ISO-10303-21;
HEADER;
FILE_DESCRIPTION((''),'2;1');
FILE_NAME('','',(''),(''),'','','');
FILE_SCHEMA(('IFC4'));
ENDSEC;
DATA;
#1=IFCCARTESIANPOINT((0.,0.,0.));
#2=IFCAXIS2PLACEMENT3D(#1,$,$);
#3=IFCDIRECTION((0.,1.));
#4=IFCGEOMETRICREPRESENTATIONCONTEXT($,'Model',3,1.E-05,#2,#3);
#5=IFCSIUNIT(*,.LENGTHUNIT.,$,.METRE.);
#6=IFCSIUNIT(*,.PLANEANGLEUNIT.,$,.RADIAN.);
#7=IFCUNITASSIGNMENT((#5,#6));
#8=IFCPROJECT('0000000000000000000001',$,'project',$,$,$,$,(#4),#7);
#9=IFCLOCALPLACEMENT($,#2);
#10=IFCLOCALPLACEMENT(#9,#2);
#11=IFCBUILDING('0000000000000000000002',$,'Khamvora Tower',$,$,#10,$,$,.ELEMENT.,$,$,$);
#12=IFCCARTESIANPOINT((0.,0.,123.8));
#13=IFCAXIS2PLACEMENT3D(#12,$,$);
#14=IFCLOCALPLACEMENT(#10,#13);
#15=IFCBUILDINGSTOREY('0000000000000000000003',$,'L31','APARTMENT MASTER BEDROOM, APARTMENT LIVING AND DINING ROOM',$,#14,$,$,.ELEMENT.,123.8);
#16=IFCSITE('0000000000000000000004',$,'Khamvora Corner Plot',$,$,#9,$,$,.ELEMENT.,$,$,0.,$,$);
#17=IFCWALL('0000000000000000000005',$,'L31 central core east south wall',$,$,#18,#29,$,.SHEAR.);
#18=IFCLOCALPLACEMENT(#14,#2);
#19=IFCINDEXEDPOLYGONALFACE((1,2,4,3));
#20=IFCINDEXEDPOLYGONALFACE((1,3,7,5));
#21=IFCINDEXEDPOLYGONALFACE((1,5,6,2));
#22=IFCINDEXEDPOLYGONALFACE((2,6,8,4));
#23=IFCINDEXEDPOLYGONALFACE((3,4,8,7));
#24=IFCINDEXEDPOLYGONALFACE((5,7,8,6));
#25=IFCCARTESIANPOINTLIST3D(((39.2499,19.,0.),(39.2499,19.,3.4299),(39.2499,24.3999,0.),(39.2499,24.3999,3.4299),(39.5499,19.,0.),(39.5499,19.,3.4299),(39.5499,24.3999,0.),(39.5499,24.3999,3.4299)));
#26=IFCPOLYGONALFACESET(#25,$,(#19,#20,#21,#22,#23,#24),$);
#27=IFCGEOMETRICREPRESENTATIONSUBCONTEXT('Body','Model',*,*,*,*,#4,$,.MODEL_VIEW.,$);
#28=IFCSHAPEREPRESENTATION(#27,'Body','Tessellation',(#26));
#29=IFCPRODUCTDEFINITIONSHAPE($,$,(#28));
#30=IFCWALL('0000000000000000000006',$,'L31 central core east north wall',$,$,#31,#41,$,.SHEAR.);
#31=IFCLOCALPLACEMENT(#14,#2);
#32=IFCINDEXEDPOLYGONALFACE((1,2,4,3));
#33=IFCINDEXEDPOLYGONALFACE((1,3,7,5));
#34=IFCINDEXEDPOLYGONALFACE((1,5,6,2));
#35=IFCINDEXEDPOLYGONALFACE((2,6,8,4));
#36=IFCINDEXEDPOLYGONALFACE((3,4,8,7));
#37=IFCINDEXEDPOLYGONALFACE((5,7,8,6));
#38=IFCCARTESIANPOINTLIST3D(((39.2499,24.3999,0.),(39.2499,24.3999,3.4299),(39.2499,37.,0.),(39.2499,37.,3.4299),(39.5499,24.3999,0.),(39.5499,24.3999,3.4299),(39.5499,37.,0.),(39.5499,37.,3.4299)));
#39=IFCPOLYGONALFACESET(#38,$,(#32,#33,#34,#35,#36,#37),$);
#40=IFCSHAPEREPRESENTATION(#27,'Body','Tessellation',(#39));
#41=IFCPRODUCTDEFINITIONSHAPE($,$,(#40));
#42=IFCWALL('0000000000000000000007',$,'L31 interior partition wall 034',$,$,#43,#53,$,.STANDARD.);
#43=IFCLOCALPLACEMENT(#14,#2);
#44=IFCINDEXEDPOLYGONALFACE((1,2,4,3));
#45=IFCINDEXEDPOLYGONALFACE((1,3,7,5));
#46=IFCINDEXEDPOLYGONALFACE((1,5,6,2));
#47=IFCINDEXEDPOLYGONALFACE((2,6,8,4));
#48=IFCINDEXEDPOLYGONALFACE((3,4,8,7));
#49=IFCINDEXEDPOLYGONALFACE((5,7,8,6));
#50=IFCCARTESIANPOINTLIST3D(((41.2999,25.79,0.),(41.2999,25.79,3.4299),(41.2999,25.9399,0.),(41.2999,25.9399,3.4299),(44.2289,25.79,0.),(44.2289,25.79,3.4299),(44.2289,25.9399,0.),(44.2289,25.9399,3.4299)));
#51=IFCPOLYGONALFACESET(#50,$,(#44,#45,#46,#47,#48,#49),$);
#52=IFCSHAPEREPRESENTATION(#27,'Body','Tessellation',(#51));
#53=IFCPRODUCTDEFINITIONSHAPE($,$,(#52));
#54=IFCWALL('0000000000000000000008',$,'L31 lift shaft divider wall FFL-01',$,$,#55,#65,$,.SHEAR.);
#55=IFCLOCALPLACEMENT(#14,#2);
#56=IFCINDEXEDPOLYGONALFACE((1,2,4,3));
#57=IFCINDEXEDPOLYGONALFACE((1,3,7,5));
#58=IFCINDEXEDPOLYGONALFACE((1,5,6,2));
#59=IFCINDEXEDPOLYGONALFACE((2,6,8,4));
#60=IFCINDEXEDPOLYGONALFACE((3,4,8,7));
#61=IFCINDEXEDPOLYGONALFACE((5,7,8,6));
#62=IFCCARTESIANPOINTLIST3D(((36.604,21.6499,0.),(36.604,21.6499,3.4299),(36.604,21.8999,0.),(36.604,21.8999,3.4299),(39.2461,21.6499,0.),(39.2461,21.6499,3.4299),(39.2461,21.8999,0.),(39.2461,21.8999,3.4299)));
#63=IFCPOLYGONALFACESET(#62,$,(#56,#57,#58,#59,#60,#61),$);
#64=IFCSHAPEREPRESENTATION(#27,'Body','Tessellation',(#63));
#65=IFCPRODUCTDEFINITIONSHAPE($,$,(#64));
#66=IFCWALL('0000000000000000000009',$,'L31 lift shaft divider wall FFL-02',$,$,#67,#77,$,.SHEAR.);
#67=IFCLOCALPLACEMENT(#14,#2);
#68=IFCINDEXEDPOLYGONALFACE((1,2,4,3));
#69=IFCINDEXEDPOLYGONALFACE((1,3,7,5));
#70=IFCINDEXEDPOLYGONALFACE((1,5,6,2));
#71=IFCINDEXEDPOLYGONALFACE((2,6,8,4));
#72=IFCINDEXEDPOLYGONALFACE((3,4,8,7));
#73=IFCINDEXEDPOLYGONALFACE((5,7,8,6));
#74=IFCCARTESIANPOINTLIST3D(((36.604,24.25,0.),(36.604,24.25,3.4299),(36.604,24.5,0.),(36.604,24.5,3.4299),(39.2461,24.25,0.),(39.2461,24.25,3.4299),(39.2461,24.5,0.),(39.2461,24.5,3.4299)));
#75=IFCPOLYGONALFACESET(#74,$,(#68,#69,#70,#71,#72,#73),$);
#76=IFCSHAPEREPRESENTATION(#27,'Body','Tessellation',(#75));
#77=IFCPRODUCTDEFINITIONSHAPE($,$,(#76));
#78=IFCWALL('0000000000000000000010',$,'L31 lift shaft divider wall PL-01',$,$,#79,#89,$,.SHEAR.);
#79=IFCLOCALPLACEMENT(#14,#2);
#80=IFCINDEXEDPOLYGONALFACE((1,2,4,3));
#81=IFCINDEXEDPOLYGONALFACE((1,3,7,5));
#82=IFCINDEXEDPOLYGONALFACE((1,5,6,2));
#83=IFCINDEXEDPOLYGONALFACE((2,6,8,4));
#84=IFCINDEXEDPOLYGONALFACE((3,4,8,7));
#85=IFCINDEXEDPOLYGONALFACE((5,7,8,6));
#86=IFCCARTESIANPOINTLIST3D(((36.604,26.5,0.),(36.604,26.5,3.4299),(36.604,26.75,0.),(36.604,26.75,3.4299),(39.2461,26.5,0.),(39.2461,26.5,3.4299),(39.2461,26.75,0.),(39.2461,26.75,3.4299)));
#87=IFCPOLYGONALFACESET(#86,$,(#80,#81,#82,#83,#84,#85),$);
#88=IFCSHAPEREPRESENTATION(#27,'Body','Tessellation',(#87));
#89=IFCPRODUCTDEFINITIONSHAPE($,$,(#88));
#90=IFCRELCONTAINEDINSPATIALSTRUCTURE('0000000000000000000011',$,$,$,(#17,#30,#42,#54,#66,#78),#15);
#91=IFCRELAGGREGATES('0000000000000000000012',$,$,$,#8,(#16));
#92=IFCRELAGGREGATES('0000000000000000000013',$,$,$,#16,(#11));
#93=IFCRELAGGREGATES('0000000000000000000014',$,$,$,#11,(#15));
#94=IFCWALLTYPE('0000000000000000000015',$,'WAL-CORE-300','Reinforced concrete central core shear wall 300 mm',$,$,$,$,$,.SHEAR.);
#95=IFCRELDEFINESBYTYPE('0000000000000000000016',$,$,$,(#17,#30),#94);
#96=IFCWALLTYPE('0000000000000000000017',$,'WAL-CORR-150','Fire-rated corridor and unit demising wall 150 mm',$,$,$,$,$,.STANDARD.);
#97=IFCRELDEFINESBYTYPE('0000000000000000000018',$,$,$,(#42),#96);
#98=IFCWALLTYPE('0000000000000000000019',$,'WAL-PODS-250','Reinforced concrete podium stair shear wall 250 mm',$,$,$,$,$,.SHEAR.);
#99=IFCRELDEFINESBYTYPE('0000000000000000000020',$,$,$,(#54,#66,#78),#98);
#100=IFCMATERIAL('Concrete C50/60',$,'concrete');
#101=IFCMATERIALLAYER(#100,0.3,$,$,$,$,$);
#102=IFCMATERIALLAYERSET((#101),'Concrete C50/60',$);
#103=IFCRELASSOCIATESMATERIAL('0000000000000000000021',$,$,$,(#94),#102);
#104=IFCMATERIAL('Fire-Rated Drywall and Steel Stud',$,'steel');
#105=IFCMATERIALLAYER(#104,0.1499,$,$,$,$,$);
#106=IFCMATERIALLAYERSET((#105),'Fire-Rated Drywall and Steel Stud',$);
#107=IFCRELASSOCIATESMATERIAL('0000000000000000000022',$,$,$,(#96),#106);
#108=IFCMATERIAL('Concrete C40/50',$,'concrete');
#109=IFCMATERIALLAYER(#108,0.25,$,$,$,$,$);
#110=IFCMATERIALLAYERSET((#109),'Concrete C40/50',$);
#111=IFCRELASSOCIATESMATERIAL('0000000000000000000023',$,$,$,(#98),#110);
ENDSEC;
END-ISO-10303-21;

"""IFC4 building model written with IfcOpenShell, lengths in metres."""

from ifc_helpers import new_model, si_unit, direction, frame, frame_2d, origin, place, context, subcontext, project, spatial, rectangle, extrude, material, layer, layer_set, type_object, element, save


model = new_model("IFC4")

# Units and contexts
model_context = context("Model", 3, precision=1e-05, world=origin(), true_north=direction((0.0, 1.0)))
body_context = subcontext(model_context, "Body", "Model", "MODEL_VIEW")
ifc_project = project(units=[si_unit("LENGTHUNIT", "METRE"), si_unit("PLANEANGLEUNIT", "RADIAN")], contexts=[model_context])

# Site, building, storey
site_placement = place(None, origin())
site = spatial("IfcSite", under=ifc_project, at=site_placement, Name="Khamvora Corner Plot", CompositionType="ELEMENT", RefElevation=0.0)
building_placement = place(site_placement, origin())
building = spatial("IfcBuilding", under=site, at=building_placement, Name="Khamvora Tower", CompositionType="ELEMENT")
storey_placement = place(building_placement, frame((0.0, 0.0, 123.8)))
storey = spatial("IfcBuildingStorey", under=building, at=storey_placement, Name="L31", Description="APARTMENT MASTER BEDROOM, APARTMENT LIVING AND DINING ROOM", CompositionType="ELEMENT", Elevation=123.8)

# Walls
ifc_material_1 = material(Name="Concrete C50/60", Category="concrete")
ifc_layer_1 = layer(ifc_material_1, 0.3)
ifc_layer_set_1 = layer_set([ifc_layer_1], Name="Concrete C50/60")
wall_type_1 = type_object("IfcWallType", Name="WAL-CORE-300", Description="Reinforced concrete central core shear wall 300 mm", PredefinedType="SHEAR", material=ifc_layer_set_1)
wall_1_placement = place(storey_placement, frame((39.3999, 19.0, 0.0), z_axis=(0.0, 0.0, 1.0), x_axis=(0.0, 1.0, 0.0)))
element("IfcWall", 1, at=wall_1_placement, inside=storey, type_object=wall_type_1, Name="L31 central core east south wall", PredefinedType="SHEAR", context=body_context, shape_type="SweptSolid", body=[
    extrude(rectangle(XDim=5.3999, YDim=0.3, at=frame_2d((2.7, 0.0))), origin(), (0.0, 0.0, 1.0), 3.4299),
])
wall_2_placement = place(storey_placement, frame((39.3999, 24.3999, 0.0), z_axis=(0.0, 0.0, 1.0), x_axis=(0.0, 1.0, 0.0)))
element("IfcWall", 2, at=wall_2_placement, inside=storey, type_object=wall_type_1, Name="L31 central core east north wall", PredefinedType="SHEAR", context=body_context, shape_type="SweptSolid", body=[
    extrude(rectangle(XDim=12.6001, YDim=0.3, at=frame_2d((6.3, 0.0))), origin(), (0.0, 0.0, 1.0), 3.4299),
])

# Walls
ifc_material_2 = material(Name="Fire-Rated Drywall and Steel Stud", Category="steel")
ifc_layer_2 = layer(ifc_material_2, 0.1499)
ifc_layer_set_2 = layer_set([ifc_layer_2], Name="Fire-Rated Drywall and Steel Stud")
wall_type_2 = type_object("IfcWallType", Name="WAL-CORR-150", Description="Fire-rated corridor and unit demising wall 150 mm", PredefinedType="STANDARD", material=ifc_layer_set_2)
wall_3_placement = place(storey_placement, frame((41.3, 25.865, 0.0), z_axis=(0.0, 0.0, 1.0), x_axis=(1.0, 0.0, 0.0)))
element("IfcWall", 3, at=wall_3_placement, inside=storey, type_object=wall_type_2, Name="L31 interior partition wall 034", PredefinedType="STANDARD", context=body_context, shape_type="SweptSolid", body=[
    extrude(rectangle(XDim=2.929, YDim=0.1499, at=frame_2d((1.4644, 0.0))), origin(), (0.0, 0.0, 1.0), 3.4299),
])
ifc_material_3 = material(Name="Concrete C40/50", Category="concrete")
ifc_layer_3 = layer(ifc_material_3, 0.25)
ifc_layer_set_3 = layer_set([ifc_layer_3], Name="Concrete C40/50")
wall_type_3 = type_object("IfcWallType", Name="WAL-PODS-250", Description="Reinforced concrete podium stair shear wall 250 mm", PredefinedType="SHEAR", material=ifc_layer_set_3)
for number, where, z_axis, x_axis, name in (
    (4, (36.604, 21.7749, 0.0), (0.0, 0.0, 1.0), (1.0, 0.0, 0.0), "L31 lift shaft divider wall FFL-01"),
    (5, (36.604, 24.375, 0.0), (0.0, 0.0, 1.0), (1.0, 0.0, 0.0), "L31 lift shaft divider wall FFL-02"),
    (6, (36.604, 26.625, 0.0), (0.0, 0.0, 1.0), (1.0, 0.0, 0.0), "L31 lift shaft divider wall PL-01"),
):
    element("IfcWall", number, at=place(storey_placement, frame(where, z_axis=z_axis, x_axis=x_axis)), inside=storey, type_object=wall_type_3, Name=name, PredefinedType="SHEAR", context=body_context, shape_type="SweptSolid", body=[
        extrude(rectangle(XDim=2.6421, YDim=0.25, at=frame_2d((1.321, 0.0))), origin(), (0.0, 0.0, 1.0), 3.4299),
    ])

save(model, "model.ifc")
